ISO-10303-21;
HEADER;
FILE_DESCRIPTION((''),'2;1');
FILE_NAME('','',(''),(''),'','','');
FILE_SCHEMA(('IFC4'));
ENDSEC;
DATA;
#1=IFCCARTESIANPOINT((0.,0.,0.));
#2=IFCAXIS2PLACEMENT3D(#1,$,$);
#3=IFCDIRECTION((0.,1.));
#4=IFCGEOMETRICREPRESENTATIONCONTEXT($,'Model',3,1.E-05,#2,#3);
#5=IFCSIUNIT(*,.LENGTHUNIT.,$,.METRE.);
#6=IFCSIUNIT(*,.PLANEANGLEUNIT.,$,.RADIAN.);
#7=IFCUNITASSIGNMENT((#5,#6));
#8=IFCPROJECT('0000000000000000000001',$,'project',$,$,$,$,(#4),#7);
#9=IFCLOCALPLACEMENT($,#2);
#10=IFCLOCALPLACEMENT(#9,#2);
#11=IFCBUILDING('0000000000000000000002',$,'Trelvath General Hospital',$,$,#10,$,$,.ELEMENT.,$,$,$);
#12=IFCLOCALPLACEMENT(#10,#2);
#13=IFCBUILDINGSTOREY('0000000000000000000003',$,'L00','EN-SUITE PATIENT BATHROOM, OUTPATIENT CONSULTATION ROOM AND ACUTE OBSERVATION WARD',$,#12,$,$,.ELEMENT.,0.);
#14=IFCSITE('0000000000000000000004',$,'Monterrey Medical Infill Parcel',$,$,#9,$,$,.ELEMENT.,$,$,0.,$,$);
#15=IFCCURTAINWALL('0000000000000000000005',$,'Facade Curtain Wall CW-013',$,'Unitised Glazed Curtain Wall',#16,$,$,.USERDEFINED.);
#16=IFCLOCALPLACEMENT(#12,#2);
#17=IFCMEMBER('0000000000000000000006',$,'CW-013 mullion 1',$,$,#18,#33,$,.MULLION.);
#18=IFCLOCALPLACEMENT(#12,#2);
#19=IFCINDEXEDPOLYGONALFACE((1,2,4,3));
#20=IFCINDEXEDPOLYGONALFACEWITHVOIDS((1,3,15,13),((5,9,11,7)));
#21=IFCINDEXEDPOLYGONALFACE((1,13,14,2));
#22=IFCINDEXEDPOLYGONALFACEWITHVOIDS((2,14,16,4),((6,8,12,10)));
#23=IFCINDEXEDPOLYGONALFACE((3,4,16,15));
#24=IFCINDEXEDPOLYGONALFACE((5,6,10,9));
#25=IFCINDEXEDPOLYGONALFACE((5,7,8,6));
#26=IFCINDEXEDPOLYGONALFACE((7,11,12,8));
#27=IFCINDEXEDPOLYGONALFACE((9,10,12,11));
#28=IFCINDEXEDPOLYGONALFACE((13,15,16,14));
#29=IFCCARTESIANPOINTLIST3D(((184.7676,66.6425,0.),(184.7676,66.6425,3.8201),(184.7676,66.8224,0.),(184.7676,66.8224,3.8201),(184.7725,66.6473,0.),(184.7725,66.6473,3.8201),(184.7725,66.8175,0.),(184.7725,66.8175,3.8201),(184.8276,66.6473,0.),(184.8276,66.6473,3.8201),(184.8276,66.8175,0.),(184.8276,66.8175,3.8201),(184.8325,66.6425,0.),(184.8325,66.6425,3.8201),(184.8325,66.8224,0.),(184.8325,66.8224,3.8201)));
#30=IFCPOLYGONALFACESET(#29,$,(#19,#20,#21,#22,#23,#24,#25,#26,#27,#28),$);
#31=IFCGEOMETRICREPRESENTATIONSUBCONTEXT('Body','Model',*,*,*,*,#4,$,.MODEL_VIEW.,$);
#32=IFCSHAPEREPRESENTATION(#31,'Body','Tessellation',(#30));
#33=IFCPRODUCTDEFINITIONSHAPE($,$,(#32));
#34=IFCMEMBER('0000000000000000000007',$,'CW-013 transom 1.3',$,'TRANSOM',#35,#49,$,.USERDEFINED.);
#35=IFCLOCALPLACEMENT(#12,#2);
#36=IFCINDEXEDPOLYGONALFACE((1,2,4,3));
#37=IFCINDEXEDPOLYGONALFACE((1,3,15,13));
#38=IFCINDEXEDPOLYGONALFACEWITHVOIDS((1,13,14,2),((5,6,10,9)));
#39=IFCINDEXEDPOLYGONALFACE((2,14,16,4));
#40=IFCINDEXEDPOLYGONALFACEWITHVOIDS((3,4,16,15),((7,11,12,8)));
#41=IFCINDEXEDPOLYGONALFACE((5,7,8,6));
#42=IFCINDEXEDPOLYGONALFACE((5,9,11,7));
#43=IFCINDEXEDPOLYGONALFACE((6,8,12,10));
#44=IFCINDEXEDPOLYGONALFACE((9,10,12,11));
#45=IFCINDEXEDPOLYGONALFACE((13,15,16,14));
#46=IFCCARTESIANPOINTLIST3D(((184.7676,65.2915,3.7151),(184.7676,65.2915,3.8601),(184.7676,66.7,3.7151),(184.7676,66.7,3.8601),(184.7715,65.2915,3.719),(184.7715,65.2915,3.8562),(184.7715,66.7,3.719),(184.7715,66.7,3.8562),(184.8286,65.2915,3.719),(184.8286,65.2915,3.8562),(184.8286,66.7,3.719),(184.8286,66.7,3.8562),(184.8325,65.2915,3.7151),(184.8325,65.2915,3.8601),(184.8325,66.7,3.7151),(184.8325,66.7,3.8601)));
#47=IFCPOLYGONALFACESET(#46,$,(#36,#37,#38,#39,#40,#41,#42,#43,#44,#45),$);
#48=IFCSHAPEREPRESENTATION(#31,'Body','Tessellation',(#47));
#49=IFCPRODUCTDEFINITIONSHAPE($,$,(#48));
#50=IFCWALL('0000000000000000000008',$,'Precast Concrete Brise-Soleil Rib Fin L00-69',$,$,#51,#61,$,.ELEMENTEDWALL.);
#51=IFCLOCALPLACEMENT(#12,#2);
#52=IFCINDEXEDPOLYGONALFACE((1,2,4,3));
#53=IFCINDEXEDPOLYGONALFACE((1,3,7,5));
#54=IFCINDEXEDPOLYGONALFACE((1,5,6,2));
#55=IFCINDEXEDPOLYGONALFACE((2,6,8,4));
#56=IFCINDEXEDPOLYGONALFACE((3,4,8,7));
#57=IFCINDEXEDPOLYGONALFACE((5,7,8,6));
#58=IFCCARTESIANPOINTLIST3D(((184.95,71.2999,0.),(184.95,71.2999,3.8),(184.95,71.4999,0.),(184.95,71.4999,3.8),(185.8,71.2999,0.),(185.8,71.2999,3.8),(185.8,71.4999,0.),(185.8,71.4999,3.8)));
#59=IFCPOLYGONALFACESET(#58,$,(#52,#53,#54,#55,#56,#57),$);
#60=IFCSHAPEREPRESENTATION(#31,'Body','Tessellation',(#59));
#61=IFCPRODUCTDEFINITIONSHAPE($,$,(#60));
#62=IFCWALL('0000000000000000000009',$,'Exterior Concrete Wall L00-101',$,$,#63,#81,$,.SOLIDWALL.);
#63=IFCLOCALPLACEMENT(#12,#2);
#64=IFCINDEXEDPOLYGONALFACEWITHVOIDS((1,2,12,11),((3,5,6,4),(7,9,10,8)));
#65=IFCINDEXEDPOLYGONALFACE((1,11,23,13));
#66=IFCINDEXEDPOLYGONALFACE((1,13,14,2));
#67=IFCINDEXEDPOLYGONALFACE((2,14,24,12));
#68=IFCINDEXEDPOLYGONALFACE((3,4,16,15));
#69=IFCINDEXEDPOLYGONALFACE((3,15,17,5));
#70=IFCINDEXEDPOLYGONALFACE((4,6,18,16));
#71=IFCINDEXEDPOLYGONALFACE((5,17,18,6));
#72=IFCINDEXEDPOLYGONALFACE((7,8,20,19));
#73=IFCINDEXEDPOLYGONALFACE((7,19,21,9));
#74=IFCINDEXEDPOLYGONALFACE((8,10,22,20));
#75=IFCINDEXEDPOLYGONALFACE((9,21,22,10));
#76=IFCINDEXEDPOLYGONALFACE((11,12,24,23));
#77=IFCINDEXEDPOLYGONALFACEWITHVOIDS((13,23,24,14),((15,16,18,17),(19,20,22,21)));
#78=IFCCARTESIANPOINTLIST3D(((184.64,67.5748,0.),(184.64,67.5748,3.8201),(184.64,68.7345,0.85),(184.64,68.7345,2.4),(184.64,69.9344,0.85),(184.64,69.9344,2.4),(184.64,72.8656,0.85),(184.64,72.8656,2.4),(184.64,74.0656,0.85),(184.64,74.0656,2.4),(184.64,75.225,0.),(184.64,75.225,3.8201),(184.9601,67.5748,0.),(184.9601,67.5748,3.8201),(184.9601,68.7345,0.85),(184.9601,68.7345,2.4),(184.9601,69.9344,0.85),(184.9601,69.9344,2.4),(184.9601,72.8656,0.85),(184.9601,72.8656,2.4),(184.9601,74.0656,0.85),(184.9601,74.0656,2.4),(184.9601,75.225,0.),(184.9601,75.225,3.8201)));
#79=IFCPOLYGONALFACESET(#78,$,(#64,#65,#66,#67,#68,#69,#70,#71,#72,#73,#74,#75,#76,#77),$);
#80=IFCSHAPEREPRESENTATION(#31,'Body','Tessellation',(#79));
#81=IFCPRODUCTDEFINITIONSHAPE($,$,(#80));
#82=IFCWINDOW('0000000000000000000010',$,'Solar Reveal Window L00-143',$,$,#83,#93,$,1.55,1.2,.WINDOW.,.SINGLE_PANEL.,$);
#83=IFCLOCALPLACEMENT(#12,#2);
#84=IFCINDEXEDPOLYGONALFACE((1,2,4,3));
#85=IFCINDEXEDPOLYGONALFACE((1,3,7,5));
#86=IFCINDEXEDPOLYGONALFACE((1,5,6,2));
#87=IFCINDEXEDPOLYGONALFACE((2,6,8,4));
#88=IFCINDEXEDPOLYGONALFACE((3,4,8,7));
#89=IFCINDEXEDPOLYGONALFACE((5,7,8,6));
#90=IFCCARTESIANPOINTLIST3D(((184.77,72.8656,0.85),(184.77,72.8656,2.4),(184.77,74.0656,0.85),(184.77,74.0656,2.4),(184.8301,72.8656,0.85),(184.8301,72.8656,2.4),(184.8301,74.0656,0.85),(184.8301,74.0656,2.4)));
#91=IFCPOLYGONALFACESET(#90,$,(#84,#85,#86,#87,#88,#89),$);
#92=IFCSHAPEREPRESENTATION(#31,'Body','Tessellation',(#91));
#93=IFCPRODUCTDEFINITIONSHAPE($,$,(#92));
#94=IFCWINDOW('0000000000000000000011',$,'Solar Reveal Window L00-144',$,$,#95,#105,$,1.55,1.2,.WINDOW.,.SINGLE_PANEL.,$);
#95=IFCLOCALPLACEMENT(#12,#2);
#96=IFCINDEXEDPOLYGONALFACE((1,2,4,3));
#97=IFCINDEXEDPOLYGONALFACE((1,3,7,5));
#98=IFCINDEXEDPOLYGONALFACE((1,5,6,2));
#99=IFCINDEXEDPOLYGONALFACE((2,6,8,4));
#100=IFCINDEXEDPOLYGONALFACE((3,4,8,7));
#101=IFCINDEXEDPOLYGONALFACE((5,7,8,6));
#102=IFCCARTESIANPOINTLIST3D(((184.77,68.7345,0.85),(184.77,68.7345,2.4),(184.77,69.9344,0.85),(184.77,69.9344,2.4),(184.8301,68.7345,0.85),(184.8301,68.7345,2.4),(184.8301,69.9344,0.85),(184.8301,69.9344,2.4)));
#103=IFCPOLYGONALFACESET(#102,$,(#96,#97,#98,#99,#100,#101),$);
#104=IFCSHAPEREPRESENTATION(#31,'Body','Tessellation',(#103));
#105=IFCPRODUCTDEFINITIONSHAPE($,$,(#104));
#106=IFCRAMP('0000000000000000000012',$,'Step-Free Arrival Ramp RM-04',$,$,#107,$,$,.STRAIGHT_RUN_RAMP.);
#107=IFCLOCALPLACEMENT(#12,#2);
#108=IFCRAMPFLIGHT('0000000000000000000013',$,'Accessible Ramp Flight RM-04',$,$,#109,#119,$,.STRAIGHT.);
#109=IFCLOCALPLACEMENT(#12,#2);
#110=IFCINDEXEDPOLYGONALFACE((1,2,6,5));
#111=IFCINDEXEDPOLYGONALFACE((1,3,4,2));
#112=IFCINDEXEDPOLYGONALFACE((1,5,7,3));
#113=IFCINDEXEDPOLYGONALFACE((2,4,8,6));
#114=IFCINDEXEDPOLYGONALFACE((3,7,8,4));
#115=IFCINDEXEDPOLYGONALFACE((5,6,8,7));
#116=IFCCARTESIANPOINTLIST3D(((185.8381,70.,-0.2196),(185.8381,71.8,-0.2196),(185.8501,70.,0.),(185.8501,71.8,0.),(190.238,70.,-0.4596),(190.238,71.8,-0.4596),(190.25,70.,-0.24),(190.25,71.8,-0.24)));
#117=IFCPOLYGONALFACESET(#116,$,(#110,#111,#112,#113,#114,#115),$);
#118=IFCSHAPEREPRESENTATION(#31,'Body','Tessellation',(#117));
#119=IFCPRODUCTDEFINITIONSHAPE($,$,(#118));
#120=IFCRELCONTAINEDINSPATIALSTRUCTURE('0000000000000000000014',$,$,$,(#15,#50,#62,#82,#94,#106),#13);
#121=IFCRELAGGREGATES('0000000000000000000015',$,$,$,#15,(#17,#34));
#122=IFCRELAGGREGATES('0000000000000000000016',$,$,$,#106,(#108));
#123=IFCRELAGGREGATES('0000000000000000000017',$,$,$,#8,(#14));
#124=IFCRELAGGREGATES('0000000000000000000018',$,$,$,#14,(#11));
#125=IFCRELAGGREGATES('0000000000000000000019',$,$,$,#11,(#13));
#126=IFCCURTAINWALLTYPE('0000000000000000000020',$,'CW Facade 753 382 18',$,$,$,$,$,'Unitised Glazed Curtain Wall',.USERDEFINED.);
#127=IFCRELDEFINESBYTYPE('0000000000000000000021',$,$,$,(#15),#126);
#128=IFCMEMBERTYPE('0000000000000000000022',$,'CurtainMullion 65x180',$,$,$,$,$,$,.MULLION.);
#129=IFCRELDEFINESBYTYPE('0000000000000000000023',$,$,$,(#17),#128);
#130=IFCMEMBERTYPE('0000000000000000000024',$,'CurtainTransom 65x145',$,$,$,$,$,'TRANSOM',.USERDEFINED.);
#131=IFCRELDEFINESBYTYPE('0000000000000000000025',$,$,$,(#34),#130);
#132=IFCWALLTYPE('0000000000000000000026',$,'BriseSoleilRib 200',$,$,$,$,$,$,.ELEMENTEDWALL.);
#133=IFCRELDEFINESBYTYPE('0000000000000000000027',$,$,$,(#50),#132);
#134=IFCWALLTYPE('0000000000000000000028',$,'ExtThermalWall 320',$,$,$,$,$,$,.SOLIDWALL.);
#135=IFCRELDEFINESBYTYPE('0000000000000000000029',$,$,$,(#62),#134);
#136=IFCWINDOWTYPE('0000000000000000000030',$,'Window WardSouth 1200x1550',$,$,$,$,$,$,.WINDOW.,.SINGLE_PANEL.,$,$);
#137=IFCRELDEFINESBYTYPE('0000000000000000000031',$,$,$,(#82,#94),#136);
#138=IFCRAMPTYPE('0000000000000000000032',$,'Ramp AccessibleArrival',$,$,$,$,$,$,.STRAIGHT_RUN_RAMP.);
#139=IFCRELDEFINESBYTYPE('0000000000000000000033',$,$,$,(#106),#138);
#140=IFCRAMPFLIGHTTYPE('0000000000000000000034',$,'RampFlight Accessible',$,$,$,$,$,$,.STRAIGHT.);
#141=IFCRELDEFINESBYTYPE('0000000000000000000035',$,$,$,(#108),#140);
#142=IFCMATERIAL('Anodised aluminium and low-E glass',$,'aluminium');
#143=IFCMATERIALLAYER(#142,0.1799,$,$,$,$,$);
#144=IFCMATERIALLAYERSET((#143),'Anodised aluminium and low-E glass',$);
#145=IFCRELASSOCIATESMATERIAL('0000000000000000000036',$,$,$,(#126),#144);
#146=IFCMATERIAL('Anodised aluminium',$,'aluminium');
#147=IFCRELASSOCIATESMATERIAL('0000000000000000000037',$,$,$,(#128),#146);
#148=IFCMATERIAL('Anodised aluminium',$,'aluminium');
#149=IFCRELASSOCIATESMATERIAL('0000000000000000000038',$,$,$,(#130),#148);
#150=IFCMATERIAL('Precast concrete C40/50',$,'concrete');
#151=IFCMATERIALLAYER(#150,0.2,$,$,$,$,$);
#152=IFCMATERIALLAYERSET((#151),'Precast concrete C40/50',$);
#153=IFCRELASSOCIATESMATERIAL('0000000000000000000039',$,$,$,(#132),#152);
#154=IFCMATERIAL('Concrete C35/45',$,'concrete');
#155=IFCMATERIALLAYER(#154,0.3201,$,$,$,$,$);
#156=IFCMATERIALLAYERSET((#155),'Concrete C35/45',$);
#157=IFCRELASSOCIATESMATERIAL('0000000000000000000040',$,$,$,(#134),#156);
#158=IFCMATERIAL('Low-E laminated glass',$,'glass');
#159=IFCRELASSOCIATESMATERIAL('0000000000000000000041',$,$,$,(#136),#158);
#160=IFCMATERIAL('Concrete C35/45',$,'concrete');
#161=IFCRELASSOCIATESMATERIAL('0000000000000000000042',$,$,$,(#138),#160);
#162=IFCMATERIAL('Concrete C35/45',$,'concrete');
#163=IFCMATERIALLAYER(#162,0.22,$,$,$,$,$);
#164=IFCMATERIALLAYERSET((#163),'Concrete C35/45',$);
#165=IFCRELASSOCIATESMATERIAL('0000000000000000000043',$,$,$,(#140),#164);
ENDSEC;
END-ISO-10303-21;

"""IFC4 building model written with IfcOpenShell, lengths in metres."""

from ifc_helpers import new_model, si_unit, direction, frame, frame_2d, origin, origin_2d, place, context, subcontext, project, spatial, polyline, rectangle, hollow_rectangle, outline, extrude, material, layer, layer_set, material_profile, profile_set, type_object, element, fill, aggregate, save


model = new_model("IFC4")

# Units and contexts
model_context = context("Model", 3, precision=1e-05, world=origin(), true_north=direction((0.0, 1.0)))
body_context = subcontext(model_context, "Body", "Model", "MODEL_VIEW")
ifc_project = project(units=[si_unit("LENGTHUNIT", "METRE"), si_unit("PLANEANGLEUNIT", "RADIAN")], contexts=[model_context])

# Site, building, storey
site_placement = place(None, origin())
site = spatial("IfcSite", under=ifc_project, at=site_placement, Name="Monterrey Medical Infill Parcel", CompositionType="ELEMENT", RefElevation=0.0)
building_placement = place(site_placement, origin())
building = spatial("IfcBuilding", under=site, at=building_placement, Name="Trelvath General Hospital", CompositionType="ELEMENT")
storey_placement = place(building_placement, origin())
storey = spatial("IfcBuildingStorey", under=building, at=storey_placement, Name="L00", Description="EN-SUITE PATIENT BATHROOM, OUTPATIENT CONSULTATION ROOM AND ACUTE OBSERVATION WARD", CompositionType="ELEMENT", Elevation=0.0)

# Curtain wall, members
ifc_material_1 = material(Name="Anodised aluminium and low-E glass", Category="aluminium")
ifc_layer_1 = layer(ifc_material_1, 0.1799)
ifc_layer_set_1 = layer_set([ifc_layer_1], Name="Anodised aluminium and low-E glass")
curtain_wall_type = type_object("IfcCurtainWallType", Name="CW Facade 753 382 18", ElementType="Unitised Glazed Curtain Wall", PredefinedType="USERDEFINED", material=ifc_layer_set_1)
curtain_wall_placement = place(storey_placement, origin())
curtain_wall = element("IfcCurtainWall", 1, at=curtain_wall_placement, inside=storey, type_object=curtain_wall_type, Name="Facade Curtain Wall CW-013", ObjectType="Unitised Glazed Curtain Wall", PredefinedType="USERDEFINED")
ifc_material_2 = material(Name="Anodised aluminium", Category="aluminium")
ifc_material_profile_1 = material_profile(ifc_material_2, hollow_rectangle(XDim=0.0649, YDim=0.1799, WallThickness=0.0049, at=origin_2d()), Name="RHS65x180x5")
ifc_profile_set_1 = profile_set([ifc_material_profile_1], Name="Anodised aluminium")
member_type_1 = type_object("IfcMemberType", Name="CurtainMullion 65x180", PredefinedType="MULLION", material=ifc_profile_set_1)
member_1_placement = place(storey_placement, frame((184.8, 66.7324, 0.0), z_axis=(0.0, 0.0, 1.0), x_axis=(1.0, 0.0, 0.0)))
member_1 = element("IfcMember", 2, at=member_1_placement, type_object=member_type_1, Name="CW-013 mullion 1", PredefinedType="MULLION", context=body_context, shape_type="SweptSolid", body=[
    extrude(hollow_rectangle(XDim=0.0649, YDim=0.1799, WallThickness=0.0049, at=origin_2d()), origin(), (0.0, 0.0, 1.0), 3.8201),
])
ifc_material_3 = material(Name="Anodised aluminium", Category="aluminium")
ifc_material_profile_2 = material_profile(ifc_material_3, hollow_rectangle(XDim=0.0649, YDim=0.145, WallThickness=0.0039, at=origin_2d()), Name="RHS65x145x4")
ifc_profile_set_2 = profile_set([ifc_material_profile_2], Name="Anodised aluminium")
member_type_2 = type_object("IfcMemberType", Name="CurtainTransom 65x145", ElementType="TRANSOM", PredefinedType="USERDEFINED", material=ifc_profile_set_2)
member_2_placement = place(storey_placement, frame((184.8, 66.7, 3.7876), z_axis=(0.0, -1.0, 0.0), x_axis=(1.0, 0.0, 0.0)))
member_2 = element("IfcMember", 3, at=member_2_placement, type_object=member_type_2, Name="CW-013 transom 1.3", ObjectType="TRANSOM", PredefinedType="USERDEFINED", context=body_context, shape_type="SweptSolid", body=[
    extrude(hollow_rectangle(XDim=0.0649, YDim=0.145, WallThickness=0.0039, at=origin_2d()), origin(), (0.0, 0.0, 1.0), 1.4084),
])
aggregate(curtain_wall, [member_1, member_2])

# Wall
ifc_material_4 = material(Name="Precast concrete C40/50", Category="concrete")
ifc_layer_2 = layer(ifc_material_4, 0.2)
ifc_layer_set_2 = layer_set([ifc_layer_2], Name="Precast concrete C40/50")
wall_type_1 = type_object("IfcWallType", Name="BriseSoleilRib 200", PredefinedType="ELEMENTEDWALL", material=ifc_layer_set_2)
wall_1_placement = place(storey_placement, frame((184.95, 71.3999, 0.0), z_axis=(0.0, 0.0, 1.0), x_axis=(1.0, 0.0, 0.0)))
element("IfcWall", 4, at=wall_1_placement, inside=storey, type_object=wall_type_1, Name="Precast Concrete Brise-Soleil Rib Fin L00-69", PredefinedType="ELEMENTEDWALL", context=body_context, shape_type="SweptSolid", body=[
    extrude(rectangle(XDim=0.8501, YDim=0.2, at=frame_2d((0.425, 0.0))), origin(), (0.0, 0.0, 1.0), 3.8),
])

# Wall, openings, windows
ifc_material_5 = material(Name="Concrete C35/45", Category="concrete")
ifc_layer_3 = layer(ifc_material_5, 0.3201)
ifc_layer_set_3 = layer_set([ifc_layer_3], Name="Concrete C35/45")
wall_type_2 = type_object("IfcWallType", Name="ExtThermalWall 320", PredefinedType="SOLIDWALL", material=ifc_layer_set_3)
wall_2_placement = place(storey_placement, frame((184.8, 75.2251, 0.0), z_axis=(0.0, 0.0, 1.0), x_axis=(0.0, -1.0, 0.0)))
wall_2 = element("IfcWall", 5, at=wall_2_placement, inside=storey, type_object=wall_type_2, Name="Exterior Concrete Wall L00-101", PredefinedType="SOLIDWALL", context=body_context, shape_type="SweptSolid", body=[
    extrude(rectangle(XDim=7.6501, YDim=0.3201, at=frame_2d((3.8252, 0.0))), origin(), (0.0, 0.0, 1.0), 3.8201),
])
opening_1_placement = place(wall_2_placement, frame((1.1594, 0.0, 0.8501)))
opening_1 = element("IfcOpeningElement", 6, at=opening_1_placement, cuts=wall_2, PredefinedType="OPENING", context=body_context, shape_type="SweptSolid", body=[
    extrude(rectangle(XDim=1.2, YDim=1.55, at=frame_2d((0.6001, 0.7749))), frame((0.0, 0.1699, 0.0), z_axis=(0.0, -1.0, 0.0), x_axis=(1.0, 0.0, 0.0)), (0.0, 0.0, 1.0), 0.3401),
])
opening_2_placement = place(wall_2_placement, frame((5.2905, 0.0, 0.8501)))
opening_2 = element("IfcOpeningElement", 7, at=opening_2_placement, cuts=wall_2, PredefinedType="OPENING", context=body_context, shape_type="SweptSolid", body=[
    extrude(rectangle(XDim=1.2, YDim=1.55, at=frame_2d((0.6001, 0.7749))), frame((0.0, 0.1699, 0.0), z_axis=(0.0, -1.0, 0.0), x_axis=(1.0, 0.0, 0.0)), (0.0, 0.0, 1.0), 0.3401),
])
ifc_material_6 = material(Name="Low-E laminated glass", Category="glass")
window_type = type_object("IfcWindowType", Name="Window WardSouth 1200x1550", PartitioningType="SINGLE_PANEL", PredefinedType="WINDOW", material=ifc_material_6)
window_1_placement = place(opening_1_placement, origin())
window_1 = element("IfcWindow", 8, at=window_1_placement, inside=storey, type_object=window_type, Name="Solar Reveal Window L00-143", OverallHeight=1.55, OverallWidth=1.2, PartitioningType="SINGLE_PANEL", PredefinedType="WINDOW", context=body_context, shape_type="SweptSolid", body=[
    extrude(rectangle(XDim=1.2, YDim=1.55, at=frame_2d((0.6001, 0.7749))), frame((0.0, 0.03, 0.0), z_axis=(0.0, -1.0, 0.0), x_axis=(1.0, 0.0, 0.0)), (0.0, 0.0, 1.0), 0.0601),
])
fill(opening_1, window_1)
window_2_placement = place(opening_2_placement, origin())
window_2 = element("IfcWindow", 9, at=window_2_placement, inside=storey, type_object=window_type, Name="Solar Reveal Window L00-144", OverallHeight=1.55, OverallWidth=1.2, PartitioningType="SINGLE_PANEL", PredefinedType="WINDOW", context=body_context, shape_type="SweptSolid", body=[
    extrude(rectangle(XDim=1.2, YDim=1.55, at=frame_2d((0.6001, 0.7749))), frame((0.0, 0.03, 0.0), z_axis=(0.0, -1.0, 0.0), x_axis=(1.0, 0.0, 0.0)), (0.0, 0.0, 1.0), 0.0601),
])
fill(opening_2, window_2)

# Ramp, ramp flight
ifc_material_7 = material(Name="Concrete C35/45", Category="concrete")
ramp_type = type_object("IfcRampType", Name="Ramp AccessibleArrival", PredefinedType="STRAIGHT_RUN_RAMP", material=ifc_material_7)
ramp_placement = place(storey_placement, origin())
ramp = element("IfcRamp", 10, at=ramp_placement, inside=storey, type_object=ramp_type, Name="Step-Free Arrival Ramp RM-04", PredefinedType="STRAIGHT_RUN_RAMP")
ifc_material_8 = material(Name="Concrete C35/45", Category="concrete")
ifc_layer_4 = layer(ifc_material_8, 0.22)
ifc_layer_set_4 = layer_set([ifc_layer_4], Name="Concrete C35/45")
ramp_flight_type = type_object("IfcRampFlightType", Name="RampFlight Accessible", PredefinedType="STRAIGHT", material=ifc_layer_set_4)
ramp_flight_placement = place(storey_placement, frame((185.8501, 70.0, 0.0), z_axis=(0.054463, 0.0, 0.998516), x_axis=(0.998516, 0.0, -0.054463)))
ramp_flight = element("IfcRampFlight", 11, at=ramp_flight_placement, type_object=ramp_flight_type, Name="Accessible Ramp Flight RM-04", PredefinedType="STRAIGHT", context=body_context, shape_type="SweptSolid", body=[
    extrude(outline(polyline([(0.0, 0.0), (4.4064, 0.0), (4.4064, 1.8), (0.0, 1.8), (0.0, 0.0)])), origin(), (0.0, 0.0, -1.0), 0.22),
])
aggregate(ramp, [ramp_flight])

save(model, "model.ifc")
